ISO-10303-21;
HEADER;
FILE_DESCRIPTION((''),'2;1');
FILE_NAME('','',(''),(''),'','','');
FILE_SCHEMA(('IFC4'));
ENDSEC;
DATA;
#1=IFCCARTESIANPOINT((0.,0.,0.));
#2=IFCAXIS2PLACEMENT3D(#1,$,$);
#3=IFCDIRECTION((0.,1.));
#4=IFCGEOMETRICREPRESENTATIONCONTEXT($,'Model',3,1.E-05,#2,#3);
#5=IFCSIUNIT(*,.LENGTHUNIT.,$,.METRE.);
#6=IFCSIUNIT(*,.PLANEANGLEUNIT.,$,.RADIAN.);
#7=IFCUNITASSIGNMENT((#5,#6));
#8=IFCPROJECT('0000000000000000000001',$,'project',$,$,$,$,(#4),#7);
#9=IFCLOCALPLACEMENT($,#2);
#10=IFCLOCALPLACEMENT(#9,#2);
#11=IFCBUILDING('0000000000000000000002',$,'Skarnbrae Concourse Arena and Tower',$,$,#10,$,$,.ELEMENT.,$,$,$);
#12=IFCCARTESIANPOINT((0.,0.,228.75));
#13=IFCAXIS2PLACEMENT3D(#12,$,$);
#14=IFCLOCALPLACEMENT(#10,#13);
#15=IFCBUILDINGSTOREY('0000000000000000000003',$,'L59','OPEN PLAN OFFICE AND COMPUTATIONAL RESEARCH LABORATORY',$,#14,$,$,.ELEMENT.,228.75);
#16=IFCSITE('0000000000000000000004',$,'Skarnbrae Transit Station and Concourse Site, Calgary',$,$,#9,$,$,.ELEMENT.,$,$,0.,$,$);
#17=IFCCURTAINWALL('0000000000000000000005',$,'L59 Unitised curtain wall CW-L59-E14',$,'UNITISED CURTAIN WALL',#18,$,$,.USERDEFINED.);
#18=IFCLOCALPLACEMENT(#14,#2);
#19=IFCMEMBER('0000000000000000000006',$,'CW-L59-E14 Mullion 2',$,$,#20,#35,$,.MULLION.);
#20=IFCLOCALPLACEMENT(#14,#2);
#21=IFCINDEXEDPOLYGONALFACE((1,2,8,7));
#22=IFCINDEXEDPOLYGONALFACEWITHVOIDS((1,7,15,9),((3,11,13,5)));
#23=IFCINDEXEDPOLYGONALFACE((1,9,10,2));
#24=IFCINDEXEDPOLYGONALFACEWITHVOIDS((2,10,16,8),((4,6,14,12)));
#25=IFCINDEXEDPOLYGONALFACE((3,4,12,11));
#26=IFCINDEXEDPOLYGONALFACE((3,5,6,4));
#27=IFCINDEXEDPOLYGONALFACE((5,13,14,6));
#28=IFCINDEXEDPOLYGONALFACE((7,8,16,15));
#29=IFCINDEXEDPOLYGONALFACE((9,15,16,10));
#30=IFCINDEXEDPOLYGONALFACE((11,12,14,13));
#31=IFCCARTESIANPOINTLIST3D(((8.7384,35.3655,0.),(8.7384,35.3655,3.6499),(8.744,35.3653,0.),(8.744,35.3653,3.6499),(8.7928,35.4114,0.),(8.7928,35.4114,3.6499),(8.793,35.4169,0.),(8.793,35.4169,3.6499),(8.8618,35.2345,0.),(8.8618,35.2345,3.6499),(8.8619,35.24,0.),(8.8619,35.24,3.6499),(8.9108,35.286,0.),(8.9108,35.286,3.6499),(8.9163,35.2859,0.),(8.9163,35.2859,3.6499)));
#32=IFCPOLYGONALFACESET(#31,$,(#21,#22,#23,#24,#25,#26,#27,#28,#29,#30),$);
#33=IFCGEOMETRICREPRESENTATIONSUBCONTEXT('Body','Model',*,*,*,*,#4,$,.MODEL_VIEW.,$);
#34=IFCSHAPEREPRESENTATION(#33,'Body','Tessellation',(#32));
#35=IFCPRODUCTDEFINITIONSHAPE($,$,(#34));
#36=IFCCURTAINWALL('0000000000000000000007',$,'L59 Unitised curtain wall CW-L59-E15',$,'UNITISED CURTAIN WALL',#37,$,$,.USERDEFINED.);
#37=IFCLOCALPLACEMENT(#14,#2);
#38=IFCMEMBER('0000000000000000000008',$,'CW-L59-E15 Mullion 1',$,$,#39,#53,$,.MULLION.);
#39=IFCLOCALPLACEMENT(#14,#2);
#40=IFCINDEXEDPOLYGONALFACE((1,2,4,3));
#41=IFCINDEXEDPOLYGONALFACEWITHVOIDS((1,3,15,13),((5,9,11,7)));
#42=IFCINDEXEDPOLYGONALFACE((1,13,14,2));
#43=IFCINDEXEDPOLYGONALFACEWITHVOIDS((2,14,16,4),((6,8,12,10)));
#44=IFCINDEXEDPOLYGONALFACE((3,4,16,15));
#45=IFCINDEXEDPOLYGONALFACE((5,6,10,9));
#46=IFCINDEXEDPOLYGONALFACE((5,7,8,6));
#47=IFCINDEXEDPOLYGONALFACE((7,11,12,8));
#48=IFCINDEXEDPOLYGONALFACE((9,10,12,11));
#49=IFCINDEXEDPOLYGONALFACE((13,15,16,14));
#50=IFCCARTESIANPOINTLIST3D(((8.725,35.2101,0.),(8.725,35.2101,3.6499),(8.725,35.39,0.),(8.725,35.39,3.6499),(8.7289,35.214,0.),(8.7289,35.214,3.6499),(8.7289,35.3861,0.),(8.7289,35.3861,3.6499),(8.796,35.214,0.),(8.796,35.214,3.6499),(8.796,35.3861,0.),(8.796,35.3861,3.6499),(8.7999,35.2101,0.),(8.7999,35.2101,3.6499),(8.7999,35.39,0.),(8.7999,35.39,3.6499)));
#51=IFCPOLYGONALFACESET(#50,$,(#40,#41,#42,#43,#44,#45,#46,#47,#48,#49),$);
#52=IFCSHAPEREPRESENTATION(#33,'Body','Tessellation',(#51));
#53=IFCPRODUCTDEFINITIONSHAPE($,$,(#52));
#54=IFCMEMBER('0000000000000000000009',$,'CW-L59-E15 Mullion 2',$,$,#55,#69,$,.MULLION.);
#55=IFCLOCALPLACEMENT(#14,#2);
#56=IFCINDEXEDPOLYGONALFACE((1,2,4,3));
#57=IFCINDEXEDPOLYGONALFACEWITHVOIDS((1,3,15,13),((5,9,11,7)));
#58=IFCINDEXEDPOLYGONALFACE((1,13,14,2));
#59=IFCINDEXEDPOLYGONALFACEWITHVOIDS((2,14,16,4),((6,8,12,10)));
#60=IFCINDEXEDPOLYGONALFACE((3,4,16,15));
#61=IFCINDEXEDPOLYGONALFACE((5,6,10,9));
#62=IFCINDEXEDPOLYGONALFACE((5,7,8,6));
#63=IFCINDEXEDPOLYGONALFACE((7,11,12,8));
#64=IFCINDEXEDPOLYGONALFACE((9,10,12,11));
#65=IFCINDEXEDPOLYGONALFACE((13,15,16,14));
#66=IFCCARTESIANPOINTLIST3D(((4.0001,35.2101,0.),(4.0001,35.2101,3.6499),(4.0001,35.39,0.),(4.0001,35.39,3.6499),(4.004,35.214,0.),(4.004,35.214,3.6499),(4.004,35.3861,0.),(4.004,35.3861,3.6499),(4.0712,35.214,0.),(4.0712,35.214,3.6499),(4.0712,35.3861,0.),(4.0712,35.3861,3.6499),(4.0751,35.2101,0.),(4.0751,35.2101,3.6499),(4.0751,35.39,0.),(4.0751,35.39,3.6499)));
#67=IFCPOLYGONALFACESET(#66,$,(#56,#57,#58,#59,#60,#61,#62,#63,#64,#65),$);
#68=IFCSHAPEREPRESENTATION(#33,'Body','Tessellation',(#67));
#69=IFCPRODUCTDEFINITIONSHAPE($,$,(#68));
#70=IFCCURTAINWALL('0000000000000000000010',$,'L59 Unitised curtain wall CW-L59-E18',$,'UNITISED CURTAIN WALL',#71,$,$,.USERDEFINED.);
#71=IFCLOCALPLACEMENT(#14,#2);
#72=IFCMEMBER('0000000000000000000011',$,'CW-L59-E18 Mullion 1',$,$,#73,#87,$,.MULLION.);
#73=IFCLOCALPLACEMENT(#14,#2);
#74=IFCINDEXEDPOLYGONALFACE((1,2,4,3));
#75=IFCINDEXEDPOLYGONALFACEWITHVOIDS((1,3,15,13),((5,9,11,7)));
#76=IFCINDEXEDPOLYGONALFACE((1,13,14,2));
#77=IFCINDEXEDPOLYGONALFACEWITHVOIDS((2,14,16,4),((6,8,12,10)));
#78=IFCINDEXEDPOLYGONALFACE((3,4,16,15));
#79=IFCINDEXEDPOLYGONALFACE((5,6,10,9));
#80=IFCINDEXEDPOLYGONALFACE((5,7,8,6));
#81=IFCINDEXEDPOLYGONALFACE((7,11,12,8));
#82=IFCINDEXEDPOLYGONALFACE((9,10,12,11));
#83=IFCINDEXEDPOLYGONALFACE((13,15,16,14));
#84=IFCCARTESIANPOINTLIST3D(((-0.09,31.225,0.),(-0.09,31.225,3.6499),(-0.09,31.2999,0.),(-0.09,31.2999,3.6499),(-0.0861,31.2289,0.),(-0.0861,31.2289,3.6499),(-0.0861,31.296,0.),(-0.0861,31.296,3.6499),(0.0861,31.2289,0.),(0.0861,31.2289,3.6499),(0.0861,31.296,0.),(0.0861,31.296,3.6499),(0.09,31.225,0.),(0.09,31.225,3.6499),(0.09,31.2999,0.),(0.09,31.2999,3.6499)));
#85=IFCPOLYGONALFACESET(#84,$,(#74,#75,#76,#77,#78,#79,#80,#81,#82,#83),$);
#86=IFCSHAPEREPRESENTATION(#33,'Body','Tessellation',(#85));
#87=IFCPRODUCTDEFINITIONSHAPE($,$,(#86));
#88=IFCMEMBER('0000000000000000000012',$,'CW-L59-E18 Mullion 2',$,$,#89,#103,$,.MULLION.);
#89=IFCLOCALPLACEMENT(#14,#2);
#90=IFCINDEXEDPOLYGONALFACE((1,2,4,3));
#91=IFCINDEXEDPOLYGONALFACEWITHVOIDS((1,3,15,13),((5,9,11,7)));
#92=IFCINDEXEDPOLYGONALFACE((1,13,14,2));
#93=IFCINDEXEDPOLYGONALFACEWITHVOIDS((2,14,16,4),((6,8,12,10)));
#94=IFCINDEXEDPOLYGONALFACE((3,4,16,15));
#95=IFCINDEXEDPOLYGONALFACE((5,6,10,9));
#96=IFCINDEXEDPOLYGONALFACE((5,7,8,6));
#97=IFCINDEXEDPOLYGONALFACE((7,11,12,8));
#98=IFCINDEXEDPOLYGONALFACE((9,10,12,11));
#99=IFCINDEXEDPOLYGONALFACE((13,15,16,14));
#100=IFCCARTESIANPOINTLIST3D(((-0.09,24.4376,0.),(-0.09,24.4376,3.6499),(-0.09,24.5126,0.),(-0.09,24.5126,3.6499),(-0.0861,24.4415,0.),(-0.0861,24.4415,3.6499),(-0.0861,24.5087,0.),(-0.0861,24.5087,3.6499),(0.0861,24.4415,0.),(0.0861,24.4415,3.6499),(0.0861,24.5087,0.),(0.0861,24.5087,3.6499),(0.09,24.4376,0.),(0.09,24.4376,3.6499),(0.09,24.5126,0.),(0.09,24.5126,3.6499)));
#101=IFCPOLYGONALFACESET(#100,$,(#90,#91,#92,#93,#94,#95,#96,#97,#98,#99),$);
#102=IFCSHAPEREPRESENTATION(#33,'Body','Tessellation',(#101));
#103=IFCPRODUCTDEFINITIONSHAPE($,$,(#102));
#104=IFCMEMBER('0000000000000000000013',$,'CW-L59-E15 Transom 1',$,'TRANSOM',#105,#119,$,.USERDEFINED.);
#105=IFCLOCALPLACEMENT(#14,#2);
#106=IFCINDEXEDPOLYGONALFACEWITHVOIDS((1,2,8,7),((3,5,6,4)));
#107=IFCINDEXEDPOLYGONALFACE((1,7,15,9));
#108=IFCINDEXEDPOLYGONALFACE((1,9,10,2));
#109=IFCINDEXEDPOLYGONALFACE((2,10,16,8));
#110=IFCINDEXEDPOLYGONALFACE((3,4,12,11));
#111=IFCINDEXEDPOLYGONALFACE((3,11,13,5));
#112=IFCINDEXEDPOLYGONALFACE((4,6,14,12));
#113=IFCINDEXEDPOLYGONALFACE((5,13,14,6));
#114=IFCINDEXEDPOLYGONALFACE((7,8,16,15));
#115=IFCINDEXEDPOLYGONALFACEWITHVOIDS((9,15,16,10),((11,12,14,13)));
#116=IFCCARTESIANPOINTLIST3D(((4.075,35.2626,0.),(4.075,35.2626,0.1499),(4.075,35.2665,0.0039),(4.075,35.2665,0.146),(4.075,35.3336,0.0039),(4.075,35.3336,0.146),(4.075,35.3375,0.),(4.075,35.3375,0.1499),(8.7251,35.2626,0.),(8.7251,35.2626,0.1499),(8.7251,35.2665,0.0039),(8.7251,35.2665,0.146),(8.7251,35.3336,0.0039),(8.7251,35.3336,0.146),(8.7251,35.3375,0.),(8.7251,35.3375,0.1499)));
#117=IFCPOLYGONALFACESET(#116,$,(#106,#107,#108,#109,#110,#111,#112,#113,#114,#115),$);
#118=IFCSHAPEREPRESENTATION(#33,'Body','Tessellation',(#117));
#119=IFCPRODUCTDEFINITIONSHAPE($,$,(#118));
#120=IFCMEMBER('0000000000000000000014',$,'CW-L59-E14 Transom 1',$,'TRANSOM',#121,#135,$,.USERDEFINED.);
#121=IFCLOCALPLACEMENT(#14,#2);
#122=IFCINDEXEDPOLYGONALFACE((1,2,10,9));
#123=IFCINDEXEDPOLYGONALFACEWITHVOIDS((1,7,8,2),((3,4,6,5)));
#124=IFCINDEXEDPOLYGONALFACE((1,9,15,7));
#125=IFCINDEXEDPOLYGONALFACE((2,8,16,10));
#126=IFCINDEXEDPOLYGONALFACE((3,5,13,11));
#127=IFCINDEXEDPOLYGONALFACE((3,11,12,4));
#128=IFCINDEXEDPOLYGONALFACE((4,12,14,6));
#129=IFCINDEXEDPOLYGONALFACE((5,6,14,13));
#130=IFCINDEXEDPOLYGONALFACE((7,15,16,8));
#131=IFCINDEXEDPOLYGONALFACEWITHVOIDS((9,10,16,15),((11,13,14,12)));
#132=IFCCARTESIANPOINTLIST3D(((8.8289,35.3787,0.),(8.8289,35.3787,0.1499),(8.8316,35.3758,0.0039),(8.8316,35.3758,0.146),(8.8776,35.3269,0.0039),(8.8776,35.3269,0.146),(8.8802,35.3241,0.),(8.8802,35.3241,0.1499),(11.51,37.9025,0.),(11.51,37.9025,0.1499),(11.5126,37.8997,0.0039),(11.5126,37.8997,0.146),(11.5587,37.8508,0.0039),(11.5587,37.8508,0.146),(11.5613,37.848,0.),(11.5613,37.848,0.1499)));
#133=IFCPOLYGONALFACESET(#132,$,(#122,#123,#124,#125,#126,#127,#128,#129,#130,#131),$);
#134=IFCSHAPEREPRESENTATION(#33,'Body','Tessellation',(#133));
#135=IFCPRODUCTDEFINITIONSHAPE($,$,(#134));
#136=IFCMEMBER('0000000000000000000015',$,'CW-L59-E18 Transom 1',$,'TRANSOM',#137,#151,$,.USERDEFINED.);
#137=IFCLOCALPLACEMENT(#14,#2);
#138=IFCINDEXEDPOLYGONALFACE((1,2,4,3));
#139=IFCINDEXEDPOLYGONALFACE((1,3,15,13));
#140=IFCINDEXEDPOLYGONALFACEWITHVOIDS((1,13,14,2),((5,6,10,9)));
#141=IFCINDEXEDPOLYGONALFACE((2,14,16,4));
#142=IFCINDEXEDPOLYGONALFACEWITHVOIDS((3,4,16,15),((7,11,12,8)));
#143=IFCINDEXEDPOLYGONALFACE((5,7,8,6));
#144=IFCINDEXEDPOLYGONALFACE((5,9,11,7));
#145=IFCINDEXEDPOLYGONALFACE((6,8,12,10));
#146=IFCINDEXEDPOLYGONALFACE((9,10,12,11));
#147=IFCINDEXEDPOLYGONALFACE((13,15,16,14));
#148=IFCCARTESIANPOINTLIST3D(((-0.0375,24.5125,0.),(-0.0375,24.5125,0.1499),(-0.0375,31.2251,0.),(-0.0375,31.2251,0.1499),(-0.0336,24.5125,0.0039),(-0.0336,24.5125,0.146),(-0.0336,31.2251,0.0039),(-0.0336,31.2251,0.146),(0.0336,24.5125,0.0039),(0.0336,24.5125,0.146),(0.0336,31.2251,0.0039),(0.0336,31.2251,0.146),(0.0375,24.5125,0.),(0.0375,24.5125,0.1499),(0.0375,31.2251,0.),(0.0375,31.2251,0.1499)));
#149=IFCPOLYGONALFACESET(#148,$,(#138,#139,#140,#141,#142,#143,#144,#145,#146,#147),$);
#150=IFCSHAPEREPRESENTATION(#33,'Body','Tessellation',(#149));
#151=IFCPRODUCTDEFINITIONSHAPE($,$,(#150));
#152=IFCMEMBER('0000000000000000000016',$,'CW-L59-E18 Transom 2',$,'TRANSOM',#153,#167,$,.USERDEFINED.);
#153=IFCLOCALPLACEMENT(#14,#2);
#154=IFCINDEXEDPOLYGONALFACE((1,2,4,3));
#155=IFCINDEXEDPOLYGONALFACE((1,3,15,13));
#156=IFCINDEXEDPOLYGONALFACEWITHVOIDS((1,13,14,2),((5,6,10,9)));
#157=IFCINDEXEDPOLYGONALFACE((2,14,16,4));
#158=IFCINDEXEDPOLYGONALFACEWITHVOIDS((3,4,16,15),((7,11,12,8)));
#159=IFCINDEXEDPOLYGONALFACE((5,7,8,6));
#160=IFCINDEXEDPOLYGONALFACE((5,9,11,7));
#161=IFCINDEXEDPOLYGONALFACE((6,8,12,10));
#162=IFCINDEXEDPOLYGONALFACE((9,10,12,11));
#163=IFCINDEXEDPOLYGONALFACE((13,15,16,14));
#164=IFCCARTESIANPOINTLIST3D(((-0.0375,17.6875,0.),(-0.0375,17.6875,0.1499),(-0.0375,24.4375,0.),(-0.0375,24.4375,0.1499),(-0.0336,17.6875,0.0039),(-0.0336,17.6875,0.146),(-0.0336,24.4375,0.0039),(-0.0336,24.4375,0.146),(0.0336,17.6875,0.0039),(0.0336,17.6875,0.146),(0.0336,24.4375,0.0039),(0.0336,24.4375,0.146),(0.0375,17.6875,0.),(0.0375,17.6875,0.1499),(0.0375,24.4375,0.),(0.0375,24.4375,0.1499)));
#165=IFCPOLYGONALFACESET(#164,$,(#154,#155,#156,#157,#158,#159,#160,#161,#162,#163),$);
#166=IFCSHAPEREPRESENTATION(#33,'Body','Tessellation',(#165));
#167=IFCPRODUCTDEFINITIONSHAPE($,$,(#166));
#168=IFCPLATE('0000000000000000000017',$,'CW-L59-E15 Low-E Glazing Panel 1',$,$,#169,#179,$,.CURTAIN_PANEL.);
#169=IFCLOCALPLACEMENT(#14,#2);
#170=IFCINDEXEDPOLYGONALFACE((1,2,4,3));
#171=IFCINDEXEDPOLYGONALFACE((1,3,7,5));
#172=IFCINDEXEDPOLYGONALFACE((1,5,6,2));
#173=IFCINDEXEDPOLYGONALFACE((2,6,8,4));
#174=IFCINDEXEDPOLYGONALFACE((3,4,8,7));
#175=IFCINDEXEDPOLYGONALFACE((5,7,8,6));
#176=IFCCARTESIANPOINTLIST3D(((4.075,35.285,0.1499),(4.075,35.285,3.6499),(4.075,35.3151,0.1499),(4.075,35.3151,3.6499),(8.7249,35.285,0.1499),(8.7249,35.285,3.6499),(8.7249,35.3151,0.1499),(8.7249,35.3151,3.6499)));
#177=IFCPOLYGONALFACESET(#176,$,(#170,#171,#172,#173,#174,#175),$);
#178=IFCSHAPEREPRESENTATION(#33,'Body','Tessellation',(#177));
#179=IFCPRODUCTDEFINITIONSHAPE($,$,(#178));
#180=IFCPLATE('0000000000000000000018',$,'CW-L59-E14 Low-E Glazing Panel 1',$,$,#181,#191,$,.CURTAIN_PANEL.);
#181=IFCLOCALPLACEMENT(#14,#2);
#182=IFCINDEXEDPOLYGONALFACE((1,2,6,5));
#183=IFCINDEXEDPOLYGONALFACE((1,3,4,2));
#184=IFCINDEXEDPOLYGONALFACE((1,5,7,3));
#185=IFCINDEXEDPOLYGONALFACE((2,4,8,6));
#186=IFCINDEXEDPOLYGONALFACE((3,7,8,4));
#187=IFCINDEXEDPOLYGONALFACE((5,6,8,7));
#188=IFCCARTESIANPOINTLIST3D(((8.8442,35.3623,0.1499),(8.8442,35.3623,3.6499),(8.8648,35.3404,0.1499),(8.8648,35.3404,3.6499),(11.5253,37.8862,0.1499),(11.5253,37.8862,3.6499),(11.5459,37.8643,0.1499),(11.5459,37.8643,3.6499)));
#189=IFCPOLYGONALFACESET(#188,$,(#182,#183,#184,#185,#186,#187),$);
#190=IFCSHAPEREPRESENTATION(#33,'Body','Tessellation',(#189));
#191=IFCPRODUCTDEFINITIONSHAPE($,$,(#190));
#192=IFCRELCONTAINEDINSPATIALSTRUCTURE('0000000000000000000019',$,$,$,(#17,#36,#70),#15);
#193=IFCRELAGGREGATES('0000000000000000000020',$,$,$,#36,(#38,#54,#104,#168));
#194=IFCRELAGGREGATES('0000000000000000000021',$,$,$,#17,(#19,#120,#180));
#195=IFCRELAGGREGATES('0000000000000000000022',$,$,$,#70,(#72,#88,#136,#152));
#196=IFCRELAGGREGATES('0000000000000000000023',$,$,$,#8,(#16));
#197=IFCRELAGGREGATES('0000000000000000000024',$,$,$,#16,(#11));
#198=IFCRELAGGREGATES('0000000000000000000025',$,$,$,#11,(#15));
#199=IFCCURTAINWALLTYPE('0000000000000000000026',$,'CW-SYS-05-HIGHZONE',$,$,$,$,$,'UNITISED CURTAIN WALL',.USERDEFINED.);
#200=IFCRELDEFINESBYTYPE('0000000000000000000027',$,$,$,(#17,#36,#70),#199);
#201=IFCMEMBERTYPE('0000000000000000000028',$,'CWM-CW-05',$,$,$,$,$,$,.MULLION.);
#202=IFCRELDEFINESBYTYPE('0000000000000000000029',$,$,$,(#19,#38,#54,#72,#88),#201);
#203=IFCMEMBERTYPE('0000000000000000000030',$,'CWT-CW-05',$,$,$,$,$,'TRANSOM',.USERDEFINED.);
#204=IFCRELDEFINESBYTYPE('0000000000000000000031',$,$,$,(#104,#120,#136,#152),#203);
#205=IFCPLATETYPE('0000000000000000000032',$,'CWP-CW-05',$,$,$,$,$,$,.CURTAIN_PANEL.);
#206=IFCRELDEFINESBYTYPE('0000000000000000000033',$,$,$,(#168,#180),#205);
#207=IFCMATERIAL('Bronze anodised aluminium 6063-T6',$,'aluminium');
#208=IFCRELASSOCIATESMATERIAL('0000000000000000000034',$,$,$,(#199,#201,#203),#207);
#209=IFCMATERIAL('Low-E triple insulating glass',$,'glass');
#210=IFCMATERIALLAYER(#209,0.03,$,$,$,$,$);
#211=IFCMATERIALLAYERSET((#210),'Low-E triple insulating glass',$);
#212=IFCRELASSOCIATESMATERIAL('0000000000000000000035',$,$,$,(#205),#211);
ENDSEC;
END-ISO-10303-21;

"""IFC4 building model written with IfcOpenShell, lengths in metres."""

from ifc_helpers import new_model, si_unit, direction, frame, origin, origin_2d, place, context, subcontext, project, spatial, rectangle, hollow_rectangle, extrude, source, transform, mapped, material, layer, layer_set, material_profile, profile_set, type_object, element, aggregate, save


model = new_model("IFC4")

# Units and contexts
model_context = context("Model", 3, precision=1e-05, world=origin(), true_north=direction((0.0, 1.0)))
body_context = subcontext(model_context, "Body", "Model", "MODEL_VIEW")
ifc_project = project(units=[si_unit("LENGTHUNIT", "METRE"), si_unit("PLANEANGLEUNIT", "RADIAN")], contexts=[model_context])

# Site, building, storey
site_placement = place(None, origin())
site = spatial("IfcSite", under=ifc_project, at=site_placement, Name="Skarnbrae Transit Station and Concourse Site, Calgary", CompositionType="ELEMENT", RefElevation=0.0)
building_placement = place(site_placement, origin())
building = spatial("IfcBuilding", under=site, at=building_placement, Name="Skarnbrae Concourse Arena and Tower", CompositionType="ELEMENT")
storey_placement = place(building_placement, frame((0.0, 0.0, 228.75)))
storey = spatial("IfcBuildingStorey", under=building, at=storey_placement, Name="L59", Description="OPEN PLAN OFFICE AND COMPUTATIONAL RESEARCH LABORATORY", CompositionType="ELEMENT", Elevation=228.75)

# Curtain wall, member
ifc_material_1 = material(Name="Bronze anodised aluminium 6063-T6", Category="aluminium")
curtain_wall_type = type_object("IfcCurtainWallType", Name="CW-SYS-05-HIGHZONE", ElementType="UNITISED CURTAIN WALL", PredefinedType="USERDEFINED", material=ifc_material_1)
curtain_wall_1_placement = place(storey_placement, origin())
curtain_wall_1 = element("IfcCurtainWall", 1, at=curtain_wall_1_placement, inside=storey, type_object=curtain_wall_type, Name="L59 Unitised curtain wall CW-L59-E14", ObjectType="UNITISED CURTAIN WALL", PredefinedType="USERDEFINED")
ifc_material_profile_1 = material_profile(ifc_material_1, hollow_rectangle(XDim=0.075, YDim=0.1799, WallThickness=0.0039, at=origin_2d()), Name="ALU-MULL-75X180")
ifc_profile_set_1 = profile_set([ifc_material_profile_1], Name="Bronze anodised aluminium 6063-T6")
member_type_1 = type_object("IfcMemberType", Name="CWM-CW-05", PredefinedType="MULLION", material=ifc_profile_set_1)
shared_shape_1 = source(origin(), body_context, "Body", "SweptSolid", [
    extrude(hollow_rectangle(XDim=0.075, YDim=0.1799, WallThickness=0.0039, at=origin_2d()), origin(), (0.0, 0.0, 1.0), 3.6499),
])
member_1_placement = place(storey_placement, frame((8.8274, 35.3257, 0.0), z_axis=(0.0, 0.0, 1.0), x_axis=(-0.728131, -0.685438, 0.0)))
member_1 = element("IfcMember", 2, at=member_1_placement, type_object=member_type_1, Name="CW-L59-E14 Mullion 2", PredefinedType="MULLION", context=body_context, shape_type="MappedRepresentation", body=[
    mapped(shared_shape_1, transform((0.0, 0.0, 0.0))),
])

# Curtain walls, members
curtain_wall_2_placement = place(storey_placement, origin())
curtain_wall_2 = element("IfcCurtainWall", 3, at=curtain_wall_2_placement, inside=storey, type_object=curtain_wall_type, Name="L59 Unitised curtain wall CW-L59-E15", ObjectType="UNITISED CURTAIN WALL", PredefinedType="USERDEFINED")
member_2_placement = place(storey_placement, frame((8.7625, 35.3, 0.0), z_axis=(0.0, 0.0, 1.0), x_axis=(-1.0, 0.0, 0.0)))
member_2 = element("IfcMember", 4, at=member_2_placement, type_object=member_type_1, Name="CW-L59-E15 Mullion 1", PredefinedType="MULLION", context=body_context, shape_type="MappedRepresentation", body=[
    mapped(shared_shape_1, transform((0.0, 0.0, 0.0))),
])
member_3_placement = place(storey_placement, frame((4.0376, 35.3, 0.0), z_axis=(0.0, 0.0, 1.0), x_axis=(-1.0, 0.0, 0.0)))
member_3 = element("IfcMember", 5, at=member_3_placement, type_object=member_type_1, Name="CW-L59-E15 Mullion 2", PredefinedType="MULLION", context=body_context, shape_type="MappedRepresentation", body=[
    mapped(shared_shape_1, transform((0.0, 0.0, 0.0))),
])
curtain_wall_3_placement = place(storey_placement, origin())
curtain_wall_3 = element("IfcCurtainWall", 6, at=curtain_wall_3_placement, inside=storey, type_object=curtain_wall_type, Name="L59 Unitised curtain wall CW-L59-E18", ObjectType="UNITISED CURTAIN WALL", PredefinedType="USERDEFINED")
member_4_placement = place(storey_placement, frame((0.0, 31.2625, 0.0), z_axis=(0.0, 0.0, 1.0), x_axis=(0.0, -1.0, 0.0)))
member_4 = element("IfcMember", 7, at=member_4_placement, type_object=member_type_1, Name="CW-L59-E18 Mullion 1", PredefinedType="MULLION", context=body_context, shape_type="MappedRepresentation", body=[
    mapped(shared_shape_1, transform((0.0, 0.0, 0.0))),
])
member_5_placement = place(storey_placement, frame((0.0, 24.4751, 0.0), z_axis=(0.0, 0.0, 1.0), x_axis=(0.0, -1.0, 0.0)))
member_5 = element("IfcMember", 8, at=member_5_placement, type_object=member_type_1, Name="CW-L59-E18 Mullion 2", PredefinedType="MULLION", context=body_context, shape_type="MappedRepresentation", body=[
    mapped(shared_shape_1, transform((0.0, 0.0, 0.0))),
])

# Members
ifc_material_profile_2 = material_profile(ifc_material_1, hollow_rectangle(XDim=0.075, YDim=0.1499, WallThickness=0.0039, at=origin_2d()), Name="ALU-TRAN-75X150")
ifc_profile_set_2 = profile_set([ifc_material_profile_2], Name="Bronze anodised aluminium 6063-T6")
member_type_2 = type_object("IfcMemberType", Name="CWT-CW-05", ElementType="TRANSOM", PredefinedType="USERDEFINED", material=ifc_profile_set_2)
shared_shape_2 = source(origin(), body_context, "Body", "SweptSolid", [
    extrude(hollow_rectangle(XDim=0.075, YDim=0.1499, WallThickness=0.0039, at=origin_2d()), origin(), (0.0, 0.0, 1.0), 4.6501),
])
member_6_placement = place(storey_placement, frame((8.7251, 35.3, 0.075), z_axis=(-1.0, 0.0, 0.0), x_axis=(0.0, -1.0, 0.0)))
member_6 = element("IfcMember", 9, at=member_6_placement, type_object=member_type_2, Name="CW-L59-E15 Transom 1", ObjectType="TRANSOM", PredefinedType="USERDEFINED", context=body_context, shape_type="MappedRepresentation", body=[
    mapped(shared_shape_2, transform((0.0, 0.0, 0.0))),
])
shared_shape_3 = source(origin(), body_context, "Body", "SweptSolid", [
    extrude(hollow_rectangle(XDim=0.075, YDim=0.1499, WallThickness=0.0039, at=origin_2d()), origin(), (0.0, 0.0, 1.0), 3.6821),
])
member_7_placement = place(storey_placement, frame((11.5356, 37.8752, 0.075), z_axis=(-0.728134, -0.685435, 0.0), x_axis=(0.685435, -0.728134, 0.0)))
member_7 = element("IfcMember", 10, at=member_7_placement, type_object=member_type_2, Name="CW-L59-E14 Transom 1", ObjectType="TRANSOM", PredefinedType="USERDEFINED", context=body_context, shape_type="MappedRepresentation", body=[
    mapped(shared_shape_3, transform((0.0, 0.0, 0.0))),
])
shared_shape_4 = source(origin(), body_context, "Body", "SweptSolid", [
    extrude(hollow_rectangle(XDim=0.075, YDim=0.1499, WallThickness=0.0039, at=origin_2d()), origin(), (0.0, 0.0, 1.0), 6.7126),
])
member_8_placement = place(storey_placement, frame((0.0, 31.2251, 0.075), z_axis=(0.0, -1.0, 0.0), x_axis=(1.0, 0.0, 0.0)))
member_8 = element("IfcMember", 11, at=member_8_placement, type_object=member_type_2, Name="CW-L59-E18 Transom 1", ObjectType="TRANSOM", PredefinedType="USERDEFINED", context=body_context, shape_type="MappedRepresentation", body=[
    mapped(shared_shape_4, transform((0.0, 0.0, 0.0))),
])
shared_shape_5 = source(origin(), body_context, "Body", "SweptSolid", [
    extrude(hollow_rectangle(XDim=0.075, YDim=0.1499, WallThickness=0.0039, at=origin_2d()), origin(), (0.0, 0.0, 1.0), 6.75),
])
member_9_placement = place(storey_placement, frame((0.0, 24.4375, 0.075), z_axis=(0.0, -1.0, 0.0), x_axis=(1.0, 0.0, 0.0)))
member_9 = element("IfcMember", 12, at=member_9_placement, type_object=member_type_2, Name="CW-L59-E18 Transom 2", ObjectType="TRANSOM", PredefinedType="USERDEFINED", context=body_context, shape_type="MappedRepresentation", body=[
    mapped(shared_shape_5, transform((0.0, 0.0, 0.0))),
])

# Plates
ifc_material_2 = material(Name="Low-E triple insulating glass", Category="glass")
ifc_layer_1 = layer(ifc_material_2, 0.03)
ifc_layer_set_1 = layer_set([ifc_layer_1], Name="Low-E triple insulating glass")
plate_type = type_object("IfcPlateType", Name="CWP-CW-05", PredefinedType="CURTAIN_PANEL", material=ifc_layer_set_1)
shared_shape_6 = source(origin(), body_context, "Body", "SweptSolid", [
    extrude(rectangle(XDim=4.6499, YDim=0.03, at=origin_2d()), origin(), (0.0, 0.0, 1.0), 3.5),
])
plate_1_placement = place(storey_placement, frame((6.3999, 35.3, 0.1499), z_axis=(0.0, 0.0, 1.0), x_axis=(-1.0, 0.0, 0.0)))
plate_1 = element("IfcPlate", 13, at=plate_1_placement, type_object=plate_type, Name="CW-L59-E15 Low-E Glazing Panel 1", PredefinedType="CURTAIN_PANEL", context=body_context, shape_type="MappedRepresentation", body=[
    mapped(shared_shape_6, transform((0.0, 0.0, 0.0))),
])
aggregate(curtain_wall_2, [member_2, member_3, member_6, plate_1])
shared_shape_7 = source(origin(), body_context, "Body", "SweptSolid", [
    extrude(rectangle(XDim=3.6821, YDim=0.03, at=origin_2d()), origin(), (0.0, 0.0, 1.0), 3.5),
])
plate_2_placement = place(storey_placement, frame((10.1951, 36.6133, 0.1499), z_axis=(0.0, 0.0, 1.0), x_axis=(-0.728131, -0.685438, 0.0)))
plate_2 = element("IfcPlate", 14, at=plate_2_placement, type_object=plate_type, Name="CW-L59-E14 Low-E Glazing Panel 1", PredefinedType="CURTAIN_PANEL", context=body_context, shape_type="MappedRepresentation", body=[
    mapped(shared_shape_7, transform((0.0, 0.0, 0.0))),
])
aggregate(curtain_wall_1, [member_1, member_7, plate_2])
aggregate(curtain_wall_3, [member_4, member_5, member_8, member_9])

save(model, "model.ifc")
